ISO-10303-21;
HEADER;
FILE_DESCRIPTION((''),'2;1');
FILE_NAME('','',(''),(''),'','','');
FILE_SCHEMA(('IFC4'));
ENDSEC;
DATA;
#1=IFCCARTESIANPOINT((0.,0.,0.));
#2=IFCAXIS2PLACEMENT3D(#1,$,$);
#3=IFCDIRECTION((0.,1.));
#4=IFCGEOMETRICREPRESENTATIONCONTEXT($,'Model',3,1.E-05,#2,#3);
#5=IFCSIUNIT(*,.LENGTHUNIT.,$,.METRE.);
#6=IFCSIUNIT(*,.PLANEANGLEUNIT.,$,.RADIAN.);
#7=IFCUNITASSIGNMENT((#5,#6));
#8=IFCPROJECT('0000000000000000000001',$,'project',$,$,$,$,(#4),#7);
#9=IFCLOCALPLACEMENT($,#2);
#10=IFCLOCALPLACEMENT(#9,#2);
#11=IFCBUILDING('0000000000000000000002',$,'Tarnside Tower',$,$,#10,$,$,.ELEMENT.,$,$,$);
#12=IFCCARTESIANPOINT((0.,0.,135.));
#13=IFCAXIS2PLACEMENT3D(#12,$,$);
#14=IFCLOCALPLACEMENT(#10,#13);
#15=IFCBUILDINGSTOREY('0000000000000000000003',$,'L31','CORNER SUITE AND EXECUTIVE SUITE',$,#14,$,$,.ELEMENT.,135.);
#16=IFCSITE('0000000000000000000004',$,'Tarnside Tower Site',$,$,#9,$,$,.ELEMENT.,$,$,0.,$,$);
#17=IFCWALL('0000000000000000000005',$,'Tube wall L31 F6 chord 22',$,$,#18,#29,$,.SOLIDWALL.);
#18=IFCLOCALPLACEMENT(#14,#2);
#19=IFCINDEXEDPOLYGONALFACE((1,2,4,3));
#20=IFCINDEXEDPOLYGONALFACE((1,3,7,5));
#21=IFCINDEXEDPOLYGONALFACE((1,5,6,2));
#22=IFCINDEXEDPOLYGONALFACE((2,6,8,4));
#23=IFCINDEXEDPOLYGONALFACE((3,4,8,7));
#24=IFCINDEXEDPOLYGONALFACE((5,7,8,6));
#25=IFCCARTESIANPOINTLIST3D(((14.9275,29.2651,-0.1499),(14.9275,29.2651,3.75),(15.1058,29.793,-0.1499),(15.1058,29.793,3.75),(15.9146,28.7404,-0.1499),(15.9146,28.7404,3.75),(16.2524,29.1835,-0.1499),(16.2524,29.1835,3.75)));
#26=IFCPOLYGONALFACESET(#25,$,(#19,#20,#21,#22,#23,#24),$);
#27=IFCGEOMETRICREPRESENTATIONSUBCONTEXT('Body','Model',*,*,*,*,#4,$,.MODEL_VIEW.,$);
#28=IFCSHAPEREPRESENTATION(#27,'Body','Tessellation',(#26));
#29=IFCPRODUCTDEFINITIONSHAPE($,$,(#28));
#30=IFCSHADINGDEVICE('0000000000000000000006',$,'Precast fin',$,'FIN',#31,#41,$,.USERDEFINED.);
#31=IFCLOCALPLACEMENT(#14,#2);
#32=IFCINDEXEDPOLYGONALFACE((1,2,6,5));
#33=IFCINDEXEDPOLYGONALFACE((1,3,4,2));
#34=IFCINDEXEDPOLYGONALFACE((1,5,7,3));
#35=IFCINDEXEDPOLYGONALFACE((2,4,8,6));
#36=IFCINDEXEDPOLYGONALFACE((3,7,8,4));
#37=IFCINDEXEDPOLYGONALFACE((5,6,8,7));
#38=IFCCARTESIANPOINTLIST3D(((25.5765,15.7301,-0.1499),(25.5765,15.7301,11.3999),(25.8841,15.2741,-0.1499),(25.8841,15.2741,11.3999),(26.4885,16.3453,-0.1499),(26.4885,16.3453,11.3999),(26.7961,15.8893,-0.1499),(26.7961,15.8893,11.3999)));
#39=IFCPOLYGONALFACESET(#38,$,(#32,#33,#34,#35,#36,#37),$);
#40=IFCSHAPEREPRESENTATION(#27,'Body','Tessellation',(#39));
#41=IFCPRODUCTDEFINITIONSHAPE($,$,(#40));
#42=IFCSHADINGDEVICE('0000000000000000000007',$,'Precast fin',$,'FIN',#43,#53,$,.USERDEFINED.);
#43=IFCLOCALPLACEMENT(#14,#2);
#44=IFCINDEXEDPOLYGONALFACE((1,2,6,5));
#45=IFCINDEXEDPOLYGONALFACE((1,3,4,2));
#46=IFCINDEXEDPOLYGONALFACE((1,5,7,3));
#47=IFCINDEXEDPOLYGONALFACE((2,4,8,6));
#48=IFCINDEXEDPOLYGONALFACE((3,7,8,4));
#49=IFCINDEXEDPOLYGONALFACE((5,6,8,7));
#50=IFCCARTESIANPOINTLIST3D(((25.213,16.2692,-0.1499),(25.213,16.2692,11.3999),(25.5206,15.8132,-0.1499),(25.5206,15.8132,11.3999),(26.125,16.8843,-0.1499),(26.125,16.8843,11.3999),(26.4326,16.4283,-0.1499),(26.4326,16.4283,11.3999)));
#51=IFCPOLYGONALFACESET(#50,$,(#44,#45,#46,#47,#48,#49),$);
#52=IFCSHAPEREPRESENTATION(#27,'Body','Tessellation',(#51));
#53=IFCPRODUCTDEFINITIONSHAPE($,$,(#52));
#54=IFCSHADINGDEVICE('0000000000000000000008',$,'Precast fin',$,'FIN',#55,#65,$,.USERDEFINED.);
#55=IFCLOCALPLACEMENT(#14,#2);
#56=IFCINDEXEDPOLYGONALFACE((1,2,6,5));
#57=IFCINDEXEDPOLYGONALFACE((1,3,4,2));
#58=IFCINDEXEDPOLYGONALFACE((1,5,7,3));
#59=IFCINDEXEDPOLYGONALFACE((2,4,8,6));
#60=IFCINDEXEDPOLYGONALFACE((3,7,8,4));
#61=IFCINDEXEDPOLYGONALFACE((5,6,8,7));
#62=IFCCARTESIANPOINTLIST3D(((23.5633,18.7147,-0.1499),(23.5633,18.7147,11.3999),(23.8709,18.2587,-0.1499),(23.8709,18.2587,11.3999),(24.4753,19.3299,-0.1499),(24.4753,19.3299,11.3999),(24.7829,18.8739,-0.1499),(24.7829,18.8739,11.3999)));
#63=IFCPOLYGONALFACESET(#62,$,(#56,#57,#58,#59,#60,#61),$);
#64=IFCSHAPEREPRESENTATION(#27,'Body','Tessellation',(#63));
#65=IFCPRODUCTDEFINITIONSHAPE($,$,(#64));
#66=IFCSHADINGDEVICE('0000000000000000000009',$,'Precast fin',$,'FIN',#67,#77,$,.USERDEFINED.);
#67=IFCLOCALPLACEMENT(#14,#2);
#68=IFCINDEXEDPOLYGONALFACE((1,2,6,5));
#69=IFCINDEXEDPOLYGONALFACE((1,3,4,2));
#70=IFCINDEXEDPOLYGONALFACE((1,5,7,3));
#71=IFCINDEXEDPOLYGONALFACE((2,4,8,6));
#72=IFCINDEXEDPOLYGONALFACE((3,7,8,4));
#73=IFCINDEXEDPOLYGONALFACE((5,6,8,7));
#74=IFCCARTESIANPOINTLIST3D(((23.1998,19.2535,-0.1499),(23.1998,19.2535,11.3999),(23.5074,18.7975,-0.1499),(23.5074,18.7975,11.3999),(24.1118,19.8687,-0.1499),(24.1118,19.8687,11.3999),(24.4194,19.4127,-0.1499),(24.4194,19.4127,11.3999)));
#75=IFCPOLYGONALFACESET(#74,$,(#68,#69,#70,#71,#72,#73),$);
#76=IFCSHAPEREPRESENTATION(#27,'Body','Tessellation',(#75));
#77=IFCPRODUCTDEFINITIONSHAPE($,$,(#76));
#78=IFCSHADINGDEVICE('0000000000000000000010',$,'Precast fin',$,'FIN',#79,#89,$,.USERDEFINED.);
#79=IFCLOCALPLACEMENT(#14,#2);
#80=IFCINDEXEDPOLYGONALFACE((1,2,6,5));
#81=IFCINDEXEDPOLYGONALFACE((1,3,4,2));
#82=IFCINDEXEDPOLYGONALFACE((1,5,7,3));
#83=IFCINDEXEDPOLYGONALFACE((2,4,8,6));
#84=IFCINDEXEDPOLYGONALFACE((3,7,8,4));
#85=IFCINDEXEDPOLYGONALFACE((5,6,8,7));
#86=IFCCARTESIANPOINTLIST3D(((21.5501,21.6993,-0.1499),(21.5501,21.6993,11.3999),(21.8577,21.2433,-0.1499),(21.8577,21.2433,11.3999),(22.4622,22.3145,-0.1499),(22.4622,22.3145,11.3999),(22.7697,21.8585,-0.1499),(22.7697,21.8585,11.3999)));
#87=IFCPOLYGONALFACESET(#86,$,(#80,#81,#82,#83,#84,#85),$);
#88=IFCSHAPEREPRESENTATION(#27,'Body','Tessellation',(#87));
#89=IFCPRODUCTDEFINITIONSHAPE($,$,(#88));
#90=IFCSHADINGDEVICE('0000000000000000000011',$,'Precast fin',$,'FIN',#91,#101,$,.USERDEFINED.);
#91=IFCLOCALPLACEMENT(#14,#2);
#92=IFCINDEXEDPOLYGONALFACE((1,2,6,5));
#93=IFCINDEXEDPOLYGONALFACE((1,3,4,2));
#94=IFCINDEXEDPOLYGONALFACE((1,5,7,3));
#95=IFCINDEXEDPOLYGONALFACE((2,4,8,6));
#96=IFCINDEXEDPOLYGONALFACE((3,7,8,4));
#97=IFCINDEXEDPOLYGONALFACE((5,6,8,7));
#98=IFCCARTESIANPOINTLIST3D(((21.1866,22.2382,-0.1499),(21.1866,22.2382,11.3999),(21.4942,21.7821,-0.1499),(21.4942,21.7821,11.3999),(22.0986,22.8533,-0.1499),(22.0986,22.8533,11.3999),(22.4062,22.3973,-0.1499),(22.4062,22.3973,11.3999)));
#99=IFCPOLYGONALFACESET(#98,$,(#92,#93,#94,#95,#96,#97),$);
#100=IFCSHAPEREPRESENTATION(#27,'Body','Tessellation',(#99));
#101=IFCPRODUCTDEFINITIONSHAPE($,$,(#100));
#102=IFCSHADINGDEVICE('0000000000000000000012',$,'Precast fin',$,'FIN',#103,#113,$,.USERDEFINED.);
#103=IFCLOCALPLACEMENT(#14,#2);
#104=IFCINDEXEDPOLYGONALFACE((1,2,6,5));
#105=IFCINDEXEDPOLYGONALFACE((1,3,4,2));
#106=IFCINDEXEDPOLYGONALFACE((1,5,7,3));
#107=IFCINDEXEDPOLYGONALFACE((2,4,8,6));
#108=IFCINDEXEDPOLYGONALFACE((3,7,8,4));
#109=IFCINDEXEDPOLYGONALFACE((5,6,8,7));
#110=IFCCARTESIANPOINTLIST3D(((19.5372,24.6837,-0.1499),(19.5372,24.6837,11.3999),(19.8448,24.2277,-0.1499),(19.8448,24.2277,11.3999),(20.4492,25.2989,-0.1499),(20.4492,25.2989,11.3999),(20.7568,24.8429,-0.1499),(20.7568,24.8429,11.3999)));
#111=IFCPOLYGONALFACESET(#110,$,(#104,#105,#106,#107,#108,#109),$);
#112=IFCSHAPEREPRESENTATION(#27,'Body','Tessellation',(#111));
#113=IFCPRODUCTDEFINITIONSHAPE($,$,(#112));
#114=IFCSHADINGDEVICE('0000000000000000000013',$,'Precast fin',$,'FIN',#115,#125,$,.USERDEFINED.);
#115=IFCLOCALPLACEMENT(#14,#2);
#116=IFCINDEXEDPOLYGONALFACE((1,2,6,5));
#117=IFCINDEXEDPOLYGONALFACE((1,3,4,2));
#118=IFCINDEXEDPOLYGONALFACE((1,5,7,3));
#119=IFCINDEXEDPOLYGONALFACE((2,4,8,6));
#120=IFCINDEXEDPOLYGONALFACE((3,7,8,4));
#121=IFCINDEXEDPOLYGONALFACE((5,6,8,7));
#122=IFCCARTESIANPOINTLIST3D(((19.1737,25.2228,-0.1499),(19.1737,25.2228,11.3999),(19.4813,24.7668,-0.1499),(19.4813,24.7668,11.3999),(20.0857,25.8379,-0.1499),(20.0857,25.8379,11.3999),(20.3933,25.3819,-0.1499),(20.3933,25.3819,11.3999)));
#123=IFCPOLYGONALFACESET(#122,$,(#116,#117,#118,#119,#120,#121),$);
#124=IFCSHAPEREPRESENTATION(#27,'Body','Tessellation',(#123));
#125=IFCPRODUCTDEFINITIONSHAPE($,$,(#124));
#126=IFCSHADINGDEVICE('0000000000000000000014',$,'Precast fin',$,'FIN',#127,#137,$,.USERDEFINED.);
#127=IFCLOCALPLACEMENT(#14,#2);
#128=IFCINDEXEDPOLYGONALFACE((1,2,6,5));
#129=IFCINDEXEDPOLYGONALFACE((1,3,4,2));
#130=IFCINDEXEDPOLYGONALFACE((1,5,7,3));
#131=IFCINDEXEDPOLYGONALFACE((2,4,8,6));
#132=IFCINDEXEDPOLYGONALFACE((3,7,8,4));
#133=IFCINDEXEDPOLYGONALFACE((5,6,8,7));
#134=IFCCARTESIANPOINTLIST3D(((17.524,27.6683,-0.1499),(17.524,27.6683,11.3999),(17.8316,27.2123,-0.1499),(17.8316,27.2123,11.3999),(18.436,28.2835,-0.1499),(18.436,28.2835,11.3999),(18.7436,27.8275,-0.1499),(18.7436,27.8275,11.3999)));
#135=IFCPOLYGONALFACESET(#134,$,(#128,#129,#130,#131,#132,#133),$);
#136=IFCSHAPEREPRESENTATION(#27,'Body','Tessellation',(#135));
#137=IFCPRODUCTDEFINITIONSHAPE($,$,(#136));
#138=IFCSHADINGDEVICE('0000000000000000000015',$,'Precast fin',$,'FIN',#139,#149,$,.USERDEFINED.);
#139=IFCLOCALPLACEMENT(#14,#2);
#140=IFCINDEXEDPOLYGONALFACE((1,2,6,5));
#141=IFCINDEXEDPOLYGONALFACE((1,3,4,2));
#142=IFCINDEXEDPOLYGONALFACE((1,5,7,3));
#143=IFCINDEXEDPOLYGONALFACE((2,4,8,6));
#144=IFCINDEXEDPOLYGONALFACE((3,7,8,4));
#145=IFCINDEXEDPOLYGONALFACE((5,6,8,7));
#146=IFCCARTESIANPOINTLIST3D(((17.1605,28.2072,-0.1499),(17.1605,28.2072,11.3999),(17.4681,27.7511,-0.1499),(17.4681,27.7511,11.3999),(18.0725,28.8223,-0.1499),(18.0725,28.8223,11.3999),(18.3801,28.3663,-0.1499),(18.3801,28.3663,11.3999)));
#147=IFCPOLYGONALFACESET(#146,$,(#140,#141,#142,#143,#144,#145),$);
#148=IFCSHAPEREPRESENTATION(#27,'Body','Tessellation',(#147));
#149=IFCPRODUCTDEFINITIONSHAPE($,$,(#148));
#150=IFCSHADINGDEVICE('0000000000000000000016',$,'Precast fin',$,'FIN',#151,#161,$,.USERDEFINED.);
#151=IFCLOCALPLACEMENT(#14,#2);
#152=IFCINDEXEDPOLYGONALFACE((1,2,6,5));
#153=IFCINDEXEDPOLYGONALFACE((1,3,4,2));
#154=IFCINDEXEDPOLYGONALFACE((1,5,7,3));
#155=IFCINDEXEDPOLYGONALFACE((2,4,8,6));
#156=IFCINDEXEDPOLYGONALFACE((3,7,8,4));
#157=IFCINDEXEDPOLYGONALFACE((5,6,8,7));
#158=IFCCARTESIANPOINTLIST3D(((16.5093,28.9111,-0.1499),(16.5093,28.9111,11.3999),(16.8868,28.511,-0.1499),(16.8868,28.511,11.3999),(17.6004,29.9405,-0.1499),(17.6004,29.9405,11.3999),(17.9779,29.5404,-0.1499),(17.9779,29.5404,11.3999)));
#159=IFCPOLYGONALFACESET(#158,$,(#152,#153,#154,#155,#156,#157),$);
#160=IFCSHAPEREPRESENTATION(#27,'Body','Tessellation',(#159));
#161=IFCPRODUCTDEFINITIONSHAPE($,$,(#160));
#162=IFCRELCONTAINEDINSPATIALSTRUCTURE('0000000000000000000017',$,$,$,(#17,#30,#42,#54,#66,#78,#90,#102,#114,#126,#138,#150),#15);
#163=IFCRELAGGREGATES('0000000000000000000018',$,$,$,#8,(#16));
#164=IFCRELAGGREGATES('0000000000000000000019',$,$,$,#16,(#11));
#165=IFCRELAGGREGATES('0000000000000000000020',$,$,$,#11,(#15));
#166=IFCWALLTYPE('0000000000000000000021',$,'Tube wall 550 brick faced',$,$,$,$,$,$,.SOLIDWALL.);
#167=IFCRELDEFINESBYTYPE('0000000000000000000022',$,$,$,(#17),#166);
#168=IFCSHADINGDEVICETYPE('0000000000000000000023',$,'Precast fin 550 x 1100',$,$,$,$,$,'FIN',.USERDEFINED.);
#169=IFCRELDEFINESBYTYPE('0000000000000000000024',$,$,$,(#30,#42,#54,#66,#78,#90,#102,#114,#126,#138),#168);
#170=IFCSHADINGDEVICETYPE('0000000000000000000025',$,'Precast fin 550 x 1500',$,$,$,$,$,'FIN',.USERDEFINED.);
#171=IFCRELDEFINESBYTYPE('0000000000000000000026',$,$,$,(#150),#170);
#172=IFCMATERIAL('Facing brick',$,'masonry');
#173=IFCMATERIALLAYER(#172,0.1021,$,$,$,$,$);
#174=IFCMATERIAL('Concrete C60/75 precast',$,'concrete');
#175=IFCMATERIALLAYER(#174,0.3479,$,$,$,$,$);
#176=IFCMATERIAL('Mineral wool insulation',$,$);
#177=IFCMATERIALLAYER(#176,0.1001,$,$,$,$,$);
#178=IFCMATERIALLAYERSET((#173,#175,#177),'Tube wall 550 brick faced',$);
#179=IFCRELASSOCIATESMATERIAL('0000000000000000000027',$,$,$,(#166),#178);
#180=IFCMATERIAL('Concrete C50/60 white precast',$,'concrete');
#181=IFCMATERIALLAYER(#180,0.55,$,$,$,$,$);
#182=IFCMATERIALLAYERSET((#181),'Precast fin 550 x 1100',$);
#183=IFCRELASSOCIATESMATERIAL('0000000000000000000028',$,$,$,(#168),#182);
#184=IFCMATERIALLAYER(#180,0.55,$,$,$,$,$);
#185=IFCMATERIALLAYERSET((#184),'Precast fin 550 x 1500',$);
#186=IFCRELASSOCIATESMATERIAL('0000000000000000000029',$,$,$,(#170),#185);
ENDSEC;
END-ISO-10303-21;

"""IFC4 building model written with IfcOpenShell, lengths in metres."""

from ifc_helpers import new_model, si_unit, direction, frame, origin, place, context, subcontext, project, spatial, polyline, outline, extrude, material, layer, layer_set, type_object, element, save


model = new_model("IFC4")

# Units and contexts
model_context = context("Model", 3, precision=1e-05, world=origin(), true_north=direction((0.0, 1.0)))
body_context = subcontext(model_context, "Body", "Model", "MODEL_VIEW")
ifc_project = project(units=[si_unit("LENGTHUNIT", "METRE"), si_unit("PLANEANGLEUNIT", "RADIAN")], contexts=[model_context])

# Site, building, storey
site_placement = place(None, origin())
site = spatial("IfcSite", under=ifc_project, at=site_placement, Name="Tarnside Tower Site", CompositionType="ELEMENT", RefElevation=0.0)
building_placement = place(site_placement, origin())
building = spatial("IfcBuilding", under=site, at=building_placement, Name="Tarnside Tower", CompositionType="ELEMENT")
storey_placement = place(building_placement, frame((0.0, 0.0, 135.0)))
storey = spatial("IfcBuildingStorey", under=building, at=storey_placement, Name="L31", Description="CORNER SUITE AND EXECUTIVE SUITE", CompositionType="ELEMENT", Elevation=135.0)

# Wall
ifc_material_1 = material(Name="Facing brick", Category="masonry")
ifc_layer_1 = layer(ifc_material_1, 0.1021)
ifc_material_2 = material(Name="Concrete C60/75 precast", Category="concrete")
ifc_layer_2 = layer(ifc_material_2, 0.3479)
ifc_material_3 = material(Name="Mineral wool insulation")
ifc_layer_3 = layer(ifc_material_3, 0.1001)
ifc_layer_set_1 = layer_set([ifc_layer_1, ifc_layer_2, ifc_layer_3], Name="Tube wall 550 brick faced")
wall_type_1 = type_object("IfcWallType", Name="Tube wall 550 brick faced", PredefinedType="SOLIDWALL", material=ifc_layer_set_1)
wall_1_placement = place(storey_placement, frame((16.0835, 28.9619, -0.1499), z_axis=(0.0, 0.0, 1.0), x_axis=(-0.882995, 0.469382, 0.0)))
element("IfcWall", 1, at=wall_1_placement, inside=storey, type_object=wall_type_1, Name="Tube wall L31 F6 chord 22", PredefinedType="SOLIDWALL", context=body_context, shape_type="SweptSolid", body=[
    extrude(outline(polyline([(-0.0452, -0.2749), (1.2534, -0.2749), (1.1631, 0.2749), (0.0452, 0.2749), (-0.0452, -0.2749)])), origin(), (0.0, 0.0, 1.0), 3.8999),
])

# Shading devices
ifc_material_4 = material(Name="Concrete C50/60 white precast", Category="concrete")
ifc_layer_4 = layer(ifc_material_4, 0.55)
ifc_layer_set_2 = layer_set([ifc_layer_4], Name="Precast fin 550 x 1100")
shading_device_type_1 = type_object("IfcShadingDeviceType", Name="Precast fin 550 x 1100", ElementType="FIN", PredefinedType="USERDEFINED", material=ifc_layer_set_2)
for number, where, z_axis, x_axis, name in (
    (2, (25.7302, 15.5022, -0.1499), (0.559193, -0.829038, 0.0), (0.829038, 0.559193, 0.0), "Precast fin"),
    (3, (25.3667, 16.0413, -0.1499), (0.559193, -0.829038, 0.0), (0.829038, 0.559193, 0.0), "Precast fin"),
    (4, (23.717, 18.4868, -0.1499), (0.559193, -0.829038, 0.0), (0.829038, 0.559193, 0.0), "Precast fin"),
    (5, (23.3535, 19.0256, -0.1499), (0.559193, -0.829038, 0.0), (0.829038, 0.559193, 0.0), "Precast fin"),
    (6, (21.7039, 21.4714, -0.1499), (0.559193, -0.829038, 0.0), (0.829038, 0.559193, 0.0), "Precast fin"),
    (7, (21.3403, 22.0103, -0.1499), (0.559193, -0.829038, 0.0), (0.829038, 0.559193, 0.0), "Precast fin"),
    (8, (19.6909, 24.4558, -0.1499), (0.559193, -0.829038, 0.0), (0.829038, 0.559193, 0.0), "Precast fin"),
    (9, (19.3274, 24.9949, -0.1499), (0.559193, -0.829038, 0.0), (0.829038, 0.559193, 0.0), "Precast fin"),
    (10, (17.6777, 27.4404, -0.1499), (0.559193, -0.829038, 0.0), (0.829038, 0.559193, 0.0), "Precast fin"),
    (11, (17.3142, 27.9792, -0.1499), (0.559193, -0.829038, 0.0), (0.829038, 0.559193, 0.0), "Precast fin"),
):
    element("IfcShadingDevice", number, at=place(storey_placement, frame(where, z_axis=z_axis, x_axis=x_axis)), inside=storey, type_object=shading_device_type_1, Name=name, ObjectType="FIN", PredefinedType="USERDEFINED", context=body_context, shape_type="SweptSolid", body=[
        extrude(outline(polyline([(0.0, 0.0), (1.1001, 0.0), (1.1001, 11.5498), (0.0, 11.5498), (0.0, 0.0)])), frame((0.0, 0.0, -0.2749)), (0.0, 0.0, 1.0), 0.55),
    ])
ifc_layer_5 = layer(ifc_material_4, 0.55)
ifc_layer_set_3 = layer_set([ifc_layer_5], Name="Precast fin 550 x 1500")
shading_device_type_2 = type_object("IfcShadingDeviceType", Name="Precast fin 550 x 1500", ElementType="FIN", PredefinedType="USERDEFINED", material=ifc_layer_set_3)
shading_device_placement = place(storey_placement, frame((16.698, 28.7112, -0.1499), z_axis=(0.686242, -0.727374, 0.0), x_axis=(0.727374, 0.686242, 0.0)))
element("IfcShadingDevice", 12, at=shading_device_placement, inside=storey, type_object=shading_device_type_2, Name="Precast fin", ObjectType="FIN", PredefinedType="USERDEFINED", context=body_context, shape_type="SweptSolid", body=[
    extrude(outline(polyline([(0.0, 0.0), (1.5, 0.0), (1.5, 11.5498), (0.0, 11.5498), (0.0, 0.0)])), frame((0.0, 0.0, -0.2749)), (0.0, 0.0, 1.0), 0.55),
])

save(model, "model.ifc")
